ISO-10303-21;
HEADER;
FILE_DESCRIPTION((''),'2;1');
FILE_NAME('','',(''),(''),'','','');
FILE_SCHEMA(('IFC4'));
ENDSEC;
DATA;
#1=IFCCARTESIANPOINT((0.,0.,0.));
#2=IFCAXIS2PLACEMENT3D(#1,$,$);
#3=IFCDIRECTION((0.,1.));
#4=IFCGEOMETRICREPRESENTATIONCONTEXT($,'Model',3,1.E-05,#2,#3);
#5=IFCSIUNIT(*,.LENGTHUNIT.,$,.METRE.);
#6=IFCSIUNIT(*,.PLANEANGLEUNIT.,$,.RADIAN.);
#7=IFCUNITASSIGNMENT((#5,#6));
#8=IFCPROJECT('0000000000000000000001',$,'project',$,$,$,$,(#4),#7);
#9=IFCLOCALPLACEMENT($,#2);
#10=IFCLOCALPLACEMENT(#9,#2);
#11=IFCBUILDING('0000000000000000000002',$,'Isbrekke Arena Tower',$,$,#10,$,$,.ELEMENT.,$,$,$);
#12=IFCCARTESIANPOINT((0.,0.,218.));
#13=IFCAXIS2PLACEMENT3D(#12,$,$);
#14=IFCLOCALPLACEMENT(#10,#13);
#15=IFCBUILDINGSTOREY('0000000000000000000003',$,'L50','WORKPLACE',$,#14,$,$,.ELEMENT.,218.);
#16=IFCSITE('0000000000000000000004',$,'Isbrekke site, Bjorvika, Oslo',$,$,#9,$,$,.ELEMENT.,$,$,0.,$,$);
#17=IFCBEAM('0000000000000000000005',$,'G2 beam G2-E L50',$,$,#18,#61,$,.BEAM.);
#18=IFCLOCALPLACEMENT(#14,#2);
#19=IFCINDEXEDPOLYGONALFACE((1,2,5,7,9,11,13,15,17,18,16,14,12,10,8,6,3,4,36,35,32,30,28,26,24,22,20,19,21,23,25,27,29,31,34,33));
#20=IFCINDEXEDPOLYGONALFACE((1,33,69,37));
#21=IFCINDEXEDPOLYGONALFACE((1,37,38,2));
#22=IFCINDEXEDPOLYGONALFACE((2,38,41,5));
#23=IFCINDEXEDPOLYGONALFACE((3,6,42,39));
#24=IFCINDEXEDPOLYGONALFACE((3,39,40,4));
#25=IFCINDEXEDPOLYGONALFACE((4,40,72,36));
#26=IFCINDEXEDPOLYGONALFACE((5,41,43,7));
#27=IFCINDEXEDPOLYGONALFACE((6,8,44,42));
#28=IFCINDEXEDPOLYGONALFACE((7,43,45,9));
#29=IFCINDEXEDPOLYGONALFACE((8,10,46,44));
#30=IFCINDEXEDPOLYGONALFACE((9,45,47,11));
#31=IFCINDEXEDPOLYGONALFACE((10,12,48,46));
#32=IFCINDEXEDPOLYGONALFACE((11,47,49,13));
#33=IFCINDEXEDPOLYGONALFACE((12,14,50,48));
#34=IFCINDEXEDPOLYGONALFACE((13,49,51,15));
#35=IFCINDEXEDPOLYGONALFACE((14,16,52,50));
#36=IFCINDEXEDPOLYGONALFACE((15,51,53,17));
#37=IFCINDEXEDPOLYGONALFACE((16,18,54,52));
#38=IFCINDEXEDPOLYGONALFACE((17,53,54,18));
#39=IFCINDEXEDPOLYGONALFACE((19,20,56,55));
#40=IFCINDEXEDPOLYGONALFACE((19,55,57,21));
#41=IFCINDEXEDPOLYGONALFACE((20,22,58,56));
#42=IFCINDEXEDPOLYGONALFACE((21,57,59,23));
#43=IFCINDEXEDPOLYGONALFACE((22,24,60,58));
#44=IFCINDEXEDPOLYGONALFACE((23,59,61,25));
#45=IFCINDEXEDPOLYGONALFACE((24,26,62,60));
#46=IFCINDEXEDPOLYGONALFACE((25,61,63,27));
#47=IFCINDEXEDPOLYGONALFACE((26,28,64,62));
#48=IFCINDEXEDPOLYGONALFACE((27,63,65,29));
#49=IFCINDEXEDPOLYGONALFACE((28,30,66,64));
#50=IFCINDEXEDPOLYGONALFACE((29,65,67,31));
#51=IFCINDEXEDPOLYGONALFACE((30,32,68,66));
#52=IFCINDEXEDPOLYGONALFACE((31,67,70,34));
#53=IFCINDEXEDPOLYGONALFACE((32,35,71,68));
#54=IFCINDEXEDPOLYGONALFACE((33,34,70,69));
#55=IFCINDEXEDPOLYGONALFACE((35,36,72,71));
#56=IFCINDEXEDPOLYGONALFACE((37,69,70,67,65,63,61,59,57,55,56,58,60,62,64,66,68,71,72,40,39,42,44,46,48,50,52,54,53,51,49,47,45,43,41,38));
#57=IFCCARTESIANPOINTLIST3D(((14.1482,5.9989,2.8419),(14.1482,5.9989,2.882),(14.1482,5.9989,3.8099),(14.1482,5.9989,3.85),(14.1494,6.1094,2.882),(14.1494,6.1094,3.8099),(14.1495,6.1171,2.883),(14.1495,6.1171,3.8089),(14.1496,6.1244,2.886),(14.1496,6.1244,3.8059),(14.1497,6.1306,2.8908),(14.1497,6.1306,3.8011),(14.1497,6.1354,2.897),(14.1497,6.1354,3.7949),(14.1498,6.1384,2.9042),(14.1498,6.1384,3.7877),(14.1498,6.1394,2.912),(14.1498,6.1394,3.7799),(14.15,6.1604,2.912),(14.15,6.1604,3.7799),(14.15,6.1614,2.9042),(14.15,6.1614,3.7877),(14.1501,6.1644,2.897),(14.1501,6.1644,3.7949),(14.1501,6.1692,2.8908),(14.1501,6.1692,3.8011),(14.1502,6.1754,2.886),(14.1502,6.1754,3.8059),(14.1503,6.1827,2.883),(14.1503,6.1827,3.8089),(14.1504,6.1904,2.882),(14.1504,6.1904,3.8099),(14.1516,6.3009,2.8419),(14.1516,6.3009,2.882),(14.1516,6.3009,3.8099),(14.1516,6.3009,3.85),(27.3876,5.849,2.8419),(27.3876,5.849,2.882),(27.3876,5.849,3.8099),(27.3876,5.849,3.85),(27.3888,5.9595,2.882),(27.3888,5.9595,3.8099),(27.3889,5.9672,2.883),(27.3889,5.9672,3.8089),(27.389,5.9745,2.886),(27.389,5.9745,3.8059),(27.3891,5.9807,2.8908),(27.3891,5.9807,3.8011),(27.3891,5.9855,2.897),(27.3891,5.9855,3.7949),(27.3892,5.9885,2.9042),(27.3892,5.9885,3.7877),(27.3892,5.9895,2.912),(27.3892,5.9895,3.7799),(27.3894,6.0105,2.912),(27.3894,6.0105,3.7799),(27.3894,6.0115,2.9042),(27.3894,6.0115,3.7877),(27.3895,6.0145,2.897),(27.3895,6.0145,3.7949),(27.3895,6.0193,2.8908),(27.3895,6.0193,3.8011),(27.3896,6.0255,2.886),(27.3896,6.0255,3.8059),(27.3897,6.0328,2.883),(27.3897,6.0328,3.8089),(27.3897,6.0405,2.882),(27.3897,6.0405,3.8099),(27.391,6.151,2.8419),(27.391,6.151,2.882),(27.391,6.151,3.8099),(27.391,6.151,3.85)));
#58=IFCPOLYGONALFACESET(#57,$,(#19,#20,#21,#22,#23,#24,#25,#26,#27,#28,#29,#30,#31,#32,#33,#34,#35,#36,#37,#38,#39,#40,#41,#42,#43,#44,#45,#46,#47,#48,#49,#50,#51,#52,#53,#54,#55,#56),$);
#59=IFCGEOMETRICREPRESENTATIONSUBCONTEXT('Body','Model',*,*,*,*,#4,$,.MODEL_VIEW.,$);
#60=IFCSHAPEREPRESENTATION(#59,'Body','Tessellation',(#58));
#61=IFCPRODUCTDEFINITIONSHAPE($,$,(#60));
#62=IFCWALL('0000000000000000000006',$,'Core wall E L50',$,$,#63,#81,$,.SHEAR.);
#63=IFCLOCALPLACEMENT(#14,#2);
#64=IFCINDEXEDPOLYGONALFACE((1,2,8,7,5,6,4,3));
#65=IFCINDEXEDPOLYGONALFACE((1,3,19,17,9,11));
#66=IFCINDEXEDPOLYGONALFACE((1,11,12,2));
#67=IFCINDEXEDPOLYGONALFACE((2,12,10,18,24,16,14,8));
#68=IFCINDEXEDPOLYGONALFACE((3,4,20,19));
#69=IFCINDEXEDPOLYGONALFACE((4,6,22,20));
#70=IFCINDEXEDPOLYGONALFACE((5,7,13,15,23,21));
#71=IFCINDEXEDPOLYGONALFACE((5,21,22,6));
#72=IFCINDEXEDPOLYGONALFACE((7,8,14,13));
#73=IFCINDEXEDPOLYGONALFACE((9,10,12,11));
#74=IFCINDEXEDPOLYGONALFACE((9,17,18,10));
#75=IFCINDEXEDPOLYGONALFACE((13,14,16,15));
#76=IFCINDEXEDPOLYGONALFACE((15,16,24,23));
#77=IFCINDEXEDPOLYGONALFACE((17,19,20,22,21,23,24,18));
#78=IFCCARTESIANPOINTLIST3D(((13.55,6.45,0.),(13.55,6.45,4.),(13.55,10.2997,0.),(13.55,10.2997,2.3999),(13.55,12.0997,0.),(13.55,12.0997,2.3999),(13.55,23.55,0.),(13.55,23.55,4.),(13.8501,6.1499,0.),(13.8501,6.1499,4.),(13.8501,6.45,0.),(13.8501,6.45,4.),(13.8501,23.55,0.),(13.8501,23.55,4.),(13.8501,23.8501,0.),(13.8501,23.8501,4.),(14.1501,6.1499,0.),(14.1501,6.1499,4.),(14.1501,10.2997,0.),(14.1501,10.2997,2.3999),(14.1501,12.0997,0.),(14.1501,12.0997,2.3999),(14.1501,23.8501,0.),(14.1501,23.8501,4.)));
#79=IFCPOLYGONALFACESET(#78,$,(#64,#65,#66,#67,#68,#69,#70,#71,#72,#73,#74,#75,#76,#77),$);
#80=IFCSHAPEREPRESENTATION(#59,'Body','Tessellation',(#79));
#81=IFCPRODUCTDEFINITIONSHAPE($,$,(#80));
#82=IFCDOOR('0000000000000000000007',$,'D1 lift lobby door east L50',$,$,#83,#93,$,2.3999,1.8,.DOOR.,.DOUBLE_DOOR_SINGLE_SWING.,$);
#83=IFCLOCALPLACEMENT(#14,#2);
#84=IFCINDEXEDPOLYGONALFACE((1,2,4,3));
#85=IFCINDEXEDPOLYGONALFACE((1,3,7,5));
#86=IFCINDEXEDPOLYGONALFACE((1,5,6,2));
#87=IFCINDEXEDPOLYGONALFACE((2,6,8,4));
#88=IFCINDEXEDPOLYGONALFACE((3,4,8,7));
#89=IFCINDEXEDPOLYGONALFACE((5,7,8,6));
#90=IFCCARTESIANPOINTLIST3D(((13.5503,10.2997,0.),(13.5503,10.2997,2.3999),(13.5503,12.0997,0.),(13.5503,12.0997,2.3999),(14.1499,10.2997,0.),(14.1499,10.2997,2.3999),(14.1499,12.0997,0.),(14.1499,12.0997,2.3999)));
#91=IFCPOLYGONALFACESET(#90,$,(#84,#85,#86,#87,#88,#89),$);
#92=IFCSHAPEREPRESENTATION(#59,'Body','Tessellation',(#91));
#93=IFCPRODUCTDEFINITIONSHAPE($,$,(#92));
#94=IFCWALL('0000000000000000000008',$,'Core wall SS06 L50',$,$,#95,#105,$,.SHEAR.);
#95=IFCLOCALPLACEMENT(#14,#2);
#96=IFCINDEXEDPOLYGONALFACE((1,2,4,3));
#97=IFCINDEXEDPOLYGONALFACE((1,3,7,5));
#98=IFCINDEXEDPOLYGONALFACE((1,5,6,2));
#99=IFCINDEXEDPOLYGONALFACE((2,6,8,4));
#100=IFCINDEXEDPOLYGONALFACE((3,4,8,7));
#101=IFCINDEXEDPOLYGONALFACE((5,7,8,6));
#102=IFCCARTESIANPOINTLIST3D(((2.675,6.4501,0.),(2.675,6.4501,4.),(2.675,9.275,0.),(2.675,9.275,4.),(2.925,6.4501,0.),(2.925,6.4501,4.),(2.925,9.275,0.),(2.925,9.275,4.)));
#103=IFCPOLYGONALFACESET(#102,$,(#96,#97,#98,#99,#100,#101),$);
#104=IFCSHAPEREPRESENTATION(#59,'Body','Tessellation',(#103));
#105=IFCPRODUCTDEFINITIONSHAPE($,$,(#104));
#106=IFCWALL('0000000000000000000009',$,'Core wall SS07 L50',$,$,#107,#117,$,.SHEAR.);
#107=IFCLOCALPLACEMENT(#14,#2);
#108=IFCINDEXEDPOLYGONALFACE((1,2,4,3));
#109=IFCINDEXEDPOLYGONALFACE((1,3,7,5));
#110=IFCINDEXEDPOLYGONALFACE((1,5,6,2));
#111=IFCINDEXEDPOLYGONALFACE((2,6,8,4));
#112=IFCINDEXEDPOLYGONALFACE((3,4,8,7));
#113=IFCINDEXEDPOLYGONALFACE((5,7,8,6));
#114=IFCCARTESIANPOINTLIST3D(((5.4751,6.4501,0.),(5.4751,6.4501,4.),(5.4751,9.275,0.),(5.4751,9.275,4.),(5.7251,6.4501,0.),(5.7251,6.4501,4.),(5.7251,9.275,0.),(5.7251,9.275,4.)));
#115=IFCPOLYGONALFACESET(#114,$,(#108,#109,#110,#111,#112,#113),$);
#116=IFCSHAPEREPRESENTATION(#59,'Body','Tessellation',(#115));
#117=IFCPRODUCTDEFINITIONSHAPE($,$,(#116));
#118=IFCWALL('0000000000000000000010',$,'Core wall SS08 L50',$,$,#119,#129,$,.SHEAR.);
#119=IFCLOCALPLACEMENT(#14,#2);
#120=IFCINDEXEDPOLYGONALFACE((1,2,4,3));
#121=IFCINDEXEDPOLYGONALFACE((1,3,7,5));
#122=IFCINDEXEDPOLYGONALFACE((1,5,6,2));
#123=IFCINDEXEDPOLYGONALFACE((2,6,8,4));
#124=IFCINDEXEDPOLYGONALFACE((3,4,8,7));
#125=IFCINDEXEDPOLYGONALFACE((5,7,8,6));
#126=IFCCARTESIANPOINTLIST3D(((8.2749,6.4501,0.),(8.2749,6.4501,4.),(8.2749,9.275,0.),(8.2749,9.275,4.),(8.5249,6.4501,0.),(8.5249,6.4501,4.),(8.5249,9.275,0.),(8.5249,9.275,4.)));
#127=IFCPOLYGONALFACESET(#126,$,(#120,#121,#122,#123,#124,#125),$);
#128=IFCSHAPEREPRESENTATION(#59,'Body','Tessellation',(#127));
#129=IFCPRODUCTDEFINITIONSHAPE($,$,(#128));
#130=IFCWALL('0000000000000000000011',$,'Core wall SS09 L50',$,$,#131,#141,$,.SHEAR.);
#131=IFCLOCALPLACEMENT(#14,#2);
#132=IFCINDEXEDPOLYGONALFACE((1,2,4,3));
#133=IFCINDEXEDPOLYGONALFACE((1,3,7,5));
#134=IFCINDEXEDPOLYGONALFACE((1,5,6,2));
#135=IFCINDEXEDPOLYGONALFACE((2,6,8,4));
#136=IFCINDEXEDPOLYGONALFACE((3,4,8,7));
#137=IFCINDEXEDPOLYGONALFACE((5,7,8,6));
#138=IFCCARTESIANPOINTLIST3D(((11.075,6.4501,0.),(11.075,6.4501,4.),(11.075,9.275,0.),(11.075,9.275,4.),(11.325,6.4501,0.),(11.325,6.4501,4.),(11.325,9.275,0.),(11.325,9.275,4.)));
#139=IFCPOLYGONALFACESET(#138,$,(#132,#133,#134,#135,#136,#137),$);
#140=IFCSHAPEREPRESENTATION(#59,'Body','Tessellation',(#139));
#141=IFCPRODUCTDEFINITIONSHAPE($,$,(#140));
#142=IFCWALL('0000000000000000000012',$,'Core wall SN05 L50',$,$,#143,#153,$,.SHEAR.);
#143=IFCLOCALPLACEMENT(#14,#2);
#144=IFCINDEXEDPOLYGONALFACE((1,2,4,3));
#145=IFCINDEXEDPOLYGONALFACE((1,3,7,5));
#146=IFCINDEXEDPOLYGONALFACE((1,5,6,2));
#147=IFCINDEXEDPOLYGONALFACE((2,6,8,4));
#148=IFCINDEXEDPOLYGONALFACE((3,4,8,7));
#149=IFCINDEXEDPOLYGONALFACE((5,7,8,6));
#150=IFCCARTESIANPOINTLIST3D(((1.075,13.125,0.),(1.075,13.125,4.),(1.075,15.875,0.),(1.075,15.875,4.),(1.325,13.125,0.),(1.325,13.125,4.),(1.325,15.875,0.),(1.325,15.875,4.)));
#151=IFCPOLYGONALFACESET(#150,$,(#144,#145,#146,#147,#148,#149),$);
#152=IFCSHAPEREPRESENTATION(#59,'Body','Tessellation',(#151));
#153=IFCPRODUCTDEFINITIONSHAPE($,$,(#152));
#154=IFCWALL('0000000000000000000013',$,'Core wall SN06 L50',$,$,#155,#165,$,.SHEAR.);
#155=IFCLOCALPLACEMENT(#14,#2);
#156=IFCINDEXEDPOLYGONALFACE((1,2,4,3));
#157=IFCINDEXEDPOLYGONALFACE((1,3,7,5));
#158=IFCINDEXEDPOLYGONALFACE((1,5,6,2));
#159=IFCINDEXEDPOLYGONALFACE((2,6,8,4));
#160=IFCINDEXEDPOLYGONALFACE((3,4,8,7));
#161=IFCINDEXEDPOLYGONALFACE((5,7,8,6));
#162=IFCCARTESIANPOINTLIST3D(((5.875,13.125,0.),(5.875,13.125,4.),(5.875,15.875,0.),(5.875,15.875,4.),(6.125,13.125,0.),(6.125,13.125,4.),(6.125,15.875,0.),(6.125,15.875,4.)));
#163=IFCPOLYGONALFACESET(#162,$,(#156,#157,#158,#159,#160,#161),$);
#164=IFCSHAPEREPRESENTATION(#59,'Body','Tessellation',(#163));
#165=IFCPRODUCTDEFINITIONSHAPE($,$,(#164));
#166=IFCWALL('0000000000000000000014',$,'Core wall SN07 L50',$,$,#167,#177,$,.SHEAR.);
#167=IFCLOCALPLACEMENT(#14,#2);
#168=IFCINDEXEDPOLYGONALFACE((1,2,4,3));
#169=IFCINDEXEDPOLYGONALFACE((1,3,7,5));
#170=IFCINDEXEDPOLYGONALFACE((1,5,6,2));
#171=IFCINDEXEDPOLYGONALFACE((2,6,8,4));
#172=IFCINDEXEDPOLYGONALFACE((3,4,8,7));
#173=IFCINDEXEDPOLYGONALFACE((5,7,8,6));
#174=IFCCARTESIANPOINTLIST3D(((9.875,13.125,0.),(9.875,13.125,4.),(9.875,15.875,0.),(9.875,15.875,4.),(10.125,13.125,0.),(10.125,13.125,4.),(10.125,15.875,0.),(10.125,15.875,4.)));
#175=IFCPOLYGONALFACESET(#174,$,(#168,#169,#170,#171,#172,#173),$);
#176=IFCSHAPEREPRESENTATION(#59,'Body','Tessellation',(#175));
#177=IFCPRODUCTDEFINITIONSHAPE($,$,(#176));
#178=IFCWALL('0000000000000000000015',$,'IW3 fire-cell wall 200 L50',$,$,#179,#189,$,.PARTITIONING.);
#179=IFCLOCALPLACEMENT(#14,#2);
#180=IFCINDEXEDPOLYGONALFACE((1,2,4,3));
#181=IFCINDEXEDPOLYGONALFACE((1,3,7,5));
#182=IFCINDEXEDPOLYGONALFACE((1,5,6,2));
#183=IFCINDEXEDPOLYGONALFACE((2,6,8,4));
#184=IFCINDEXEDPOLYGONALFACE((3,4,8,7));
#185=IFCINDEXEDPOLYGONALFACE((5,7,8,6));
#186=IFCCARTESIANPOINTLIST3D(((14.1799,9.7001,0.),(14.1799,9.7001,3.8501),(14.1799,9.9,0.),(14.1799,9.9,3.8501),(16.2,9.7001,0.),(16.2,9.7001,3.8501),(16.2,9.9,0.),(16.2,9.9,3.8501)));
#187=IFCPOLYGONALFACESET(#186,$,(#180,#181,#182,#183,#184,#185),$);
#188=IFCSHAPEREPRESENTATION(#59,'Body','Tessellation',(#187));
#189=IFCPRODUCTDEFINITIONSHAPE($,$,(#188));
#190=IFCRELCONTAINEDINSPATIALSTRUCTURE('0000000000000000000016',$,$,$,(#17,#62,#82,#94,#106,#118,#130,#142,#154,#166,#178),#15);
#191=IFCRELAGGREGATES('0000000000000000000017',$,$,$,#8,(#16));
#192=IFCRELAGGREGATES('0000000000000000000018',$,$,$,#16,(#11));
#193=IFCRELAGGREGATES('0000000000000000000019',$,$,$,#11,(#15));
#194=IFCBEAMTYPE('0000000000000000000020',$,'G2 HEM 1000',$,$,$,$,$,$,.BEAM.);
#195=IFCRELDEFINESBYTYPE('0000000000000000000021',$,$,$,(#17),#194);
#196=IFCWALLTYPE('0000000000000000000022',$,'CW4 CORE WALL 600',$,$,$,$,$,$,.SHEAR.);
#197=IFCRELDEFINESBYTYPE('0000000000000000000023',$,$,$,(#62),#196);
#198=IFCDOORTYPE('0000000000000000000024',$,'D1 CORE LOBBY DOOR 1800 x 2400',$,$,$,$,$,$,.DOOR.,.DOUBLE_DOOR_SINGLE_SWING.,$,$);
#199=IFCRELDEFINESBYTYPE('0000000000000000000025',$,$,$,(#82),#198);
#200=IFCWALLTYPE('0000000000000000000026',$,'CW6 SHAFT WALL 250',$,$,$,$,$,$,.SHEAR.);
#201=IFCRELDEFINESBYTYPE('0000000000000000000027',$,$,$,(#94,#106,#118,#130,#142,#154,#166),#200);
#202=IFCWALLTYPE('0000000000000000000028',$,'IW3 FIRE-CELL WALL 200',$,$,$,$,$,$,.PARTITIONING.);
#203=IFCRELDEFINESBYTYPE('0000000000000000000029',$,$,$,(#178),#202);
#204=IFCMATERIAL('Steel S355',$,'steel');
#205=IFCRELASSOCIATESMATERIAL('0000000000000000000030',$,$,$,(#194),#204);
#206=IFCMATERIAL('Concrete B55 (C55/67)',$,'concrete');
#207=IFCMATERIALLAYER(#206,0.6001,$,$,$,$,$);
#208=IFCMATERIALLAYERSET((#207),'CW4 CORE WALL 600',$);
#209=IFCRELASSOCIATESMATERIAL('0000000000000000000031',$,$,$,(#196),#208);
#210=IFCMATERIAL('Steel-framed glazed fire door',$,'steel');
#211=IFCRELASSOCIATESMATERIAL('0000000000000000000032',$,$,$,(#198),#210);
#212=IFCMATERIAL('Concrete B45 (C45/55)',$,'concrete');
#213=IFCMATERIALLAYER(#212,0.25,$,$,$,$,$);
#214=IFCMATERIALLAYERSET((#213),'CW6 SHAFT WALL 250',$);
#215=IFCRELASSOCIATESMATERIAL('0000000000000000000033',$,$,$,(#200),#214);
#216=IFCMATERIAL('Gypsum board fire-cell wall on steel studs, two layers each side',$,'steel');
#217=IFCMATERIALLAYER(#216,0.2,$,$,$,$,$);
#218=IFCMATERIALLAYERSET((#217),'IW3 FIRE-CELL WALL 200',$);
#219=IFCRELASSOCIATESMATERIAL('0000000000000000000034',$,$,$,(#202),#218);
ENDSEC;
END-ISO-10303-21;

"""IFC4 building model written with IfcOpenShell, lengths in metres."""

from ifc_helpers import new_model, si_unit, direction, frame, frame_2d, origin, origin_2d, place, context, subcontext, project, spatial, polyline, rectangle, i_section, outline, extrude, material, layer, layer_set, material_profile, profile_set, type_object, element, fill, save


model = new_model("IFC4")

# Units and contexts
model_context = context("Model", 3, precision=1e-05, world=origin(), true_north=direction((0.0, 1.0)))
body_context = subcontext(model_context, "Body", "Model", "MODEL_VIEW")
ifc_project = project(units=[si_unit("LENGTHUNIT", "METRE"), si_unit("PLANEANGLEUNIT", "RADIAN")], contexts=[model_context])

# Site, building, storey
site_placement = place(None, origin())
site = spatial("IfcSite", under=ifc_project, at=site_placement, Name="Isbrekke site, Bjorvika, Oslo", CompositionType="ELEMENT", RefElevation=0.0)
building_placement = place(site_placement, origin())
building = spatial("IfcBuilding", under=site, at=building_placement, Name="Isbrekke Arena Tower", CompositionType="ELEMENT")
storey_placement = place(building_placement, frame((0.0, 0.0, 218.0)))
storey = spatial("IfcBuildingStorey", under=building, at=storey_placement, Name="L50", Description="WORKPLACE", CompositionType="ELEMENT", Elevation=218.0)

# Beam
ifc_material_1 = material(Name="Steel S355", Category="steel")
ifc_material_profile = material_profile(ifc_material_1, i_section(OverallWidth=0.302, OverallDepth=1.0081, WebThickness=0.021, FlangeThickness=0.04, FilletRadius=0.03, at=origin_2d()), Name="HEM 1000")
ifc_profile_set = profile_set([ifc_material_profile], Name="Steel S355")
beam_type = type_object("IfcBeamType", Name="G2 HEM 1000", PredefinedType="BEAM", material=ifc_profile_set)
beam_placement = place(storey_placement, frame((14.1499, 6.1499, 3.3459), z_axis=(0.999936, -0.011322, 0.0), x_axis=(0.011322, 0.999936, 0.0)))
element("IfcBeam", 1, at=beam_placement, inside=storey, type_object=beam_type, Name="G2 beam G2-E L50", PredefinedType="BEAM", context=body_context, shape_type="SweptSolid", body=[
    extrude(i_section(OverallWidth=0.302, OverallDepth=1.0081, WebThickness=0.021, FlangeThickness=0.04, FilletRadius=0.03, at=origin_2d()), origin(), (0.0, 0.0, 1.0), 13.2402),
])

# Wall, opening, door
ifc_material_2 = material(Name="Concrete B55 (C55/67)", Category="concrete")
ifc_layer_1 = layer(ifc_material_2, 0.6001)
ifc_layer_set_1 = layer_set([ifc_layer_1], Name="CW4 CORE WALL 600")
wall_type_1 = type_object("IfcWallType", Name="CW4 CORE WALL 600", PredefinedType="SHEAR", material=ifc_layer_set_1)
wall_1_placement = place(storey_placement, frame((13.8501, 6.1499, 0.0), z_axis=(0.0, 0.0, 1.0), x_axis=(0.0, 1.0, 0.0)))
wall_1 = element("IfcWall", 2, at=wall_1_placement, inside=storey, type_object=wall_type_1, Name="Core wall E L50", PredefinedType="SHEAR", context=body_context, shape_type="SweptSolid", body=[
    extrude(outline(polyline([(0.0, -0.3), (17.7002, -0.3), (17.7002, 0.0), (17.4001, 0.0), (17.4001, 0.3), (0.3, 0.3), (0.3, 0.0), (0.0, 0.0), (0.0, -0.3)])), origin(), (0.0, 0.0, 1.0), 4.0),
])
opening_1_placement = place(wall_1_placement, frame((4.1499, 0.0, 0.0)))
opening_1 = element("IfcOpeningElement", 3, at=opening_1_placement, cuts=wall_1, PredefinedType="OPENING", context=body_context, shape_type="SweptSolid", body=[
    extrude(rectangle(XDim=1.8, YDim=2.3999, at=frame_2d((0.8999, 1.2))), frame((0.0, 0.3149, 0.0), z_axis=(0.0, -1.0, 0.0), x_axis=(1.0, 0.0, 0.0)), (0.0, 0.0, 1.0), 0.6299),
])
ifc_material_3 = material(Name="Steel-framed glazed fire door", Category="steel")
door_type_1 = type_object("IfcDoorType", Name="D1 CORE LOBBY DOOR 1800 x 2400", OperationType="DOUBLE_DOOR_SINGLE_SWING", PredefinedType="DOOR", material=ifc_material_3)
door_1_placement = place(opening_1_placement, origin())
door_1 = element("IfcDoor", 4, at=door_1_placement, inside=storey, type_object=door_type_1, Name="D1 lift lobby door east L50", OperationType="DOUBLE_DOOR_SINGLE_SWING", OverallHeight=2.3999, OverallWidth=1.8, PredefinedType="DOOR", context=body_context, shape_type="SweptSolid", body=[
    extrude(rectangle(XDim=1.8, YDim=2.3999, at=frame_2d((0.8999, 1.2))), frame((0.0, 0.2998, 0.0), z_axis=(0.0, -1.0, 0.0), x_axis=(1.0, 0.0, 0.0)), (0.0, 0.0, 1.0), 0.5996),
])
fill(opening_1, door_1)

# Walls
ifc_material_4 = material(Name="Concrete B45 (C45/55)", Category="concrete")
ifc_layer_2 = layer(ifc_material_4, 0.25)
ifc_layer_set_2 = layer_set([ifc_layer_2], Name="CW6 SHAFT WALL 250")
wall_type_2 = type_object("IfcWallType", Name="CW6 SHAFT WALL 250", PredefinedType="SHEAR", material=ifc_layer_set_2)
for number, where, z_axis, x_axis, name in (
    (5, (2.8, 6.45, 0.0), (0.0, 0.0, 1.0), (0.0, 1.0, 0.0), "Core wall SS06 L50"),
    (6, (5.6001, 6.45, 0.0), (0.0, 0.0, 1.0), (0.0, 1.0, 0.0), "Core wall SS07 L50"),
    (7, (8.3999, 6.45, 0.0), (0.0, 0.0, 1.0), (0.0, 1.0, 0.0), "Core wall SS08 L50"),
    (8, (11.2, 6.45, 0.0), (0.0, 0.0, 1.0), (0.0, 1.0, 0.0), "Core wall SS09 L50"),
):
    element("IfcWall", number, at=place(storey_placement, frame(where, z_axis=z_axis, x_axis=x_axis)), inside=storey, type_object=wall_type_2, Name=name, PredefinedType="SHEAR", context=body_context, shape_type="SweptSolid", body=[
        extrude(rectangle(XDim=2.825, YDim=0.25, at=frame_2d((1.4126, 0.0))), origin(), (0.0, 0.0, 1.0), 4.0),
    ])
for number, where, z_axis, x_axis, name in (
    (9, (1.2, 13.125, 0.0), (0.0, 0.0, 1.0), (0.0, 1.0, 0.0), "Core wall SN05 L50"),
    (10, (6.0, 13.125, 0.0), (0.0, 0.0, 1.0), (0.0, 1.0, 0.0), "Core wall SN06 L50"),
    (11, (10.0, 13.125, 0.0), (0.0, 0.0, 1.0), (0.0, 1.0, 0.0), "Core wall SN07 L50"),
):
    element("IfcWall", number, at=place(storey_placement, frame(where, z_axis=z_axis, x_axis=x_axis)), inside=storey, type_object=wall_type_2, Name=name, PredefinedType="SHEAR", context=body_context, shape_type="SweptSolid", body=[
        extrude(rectangle(XDim=2.75, YDim=0.25, at=frame_2d((1.375, 0.0))), origin(), (0.0, 0.0, 1.0), 4.0),
    ])
ifc_material_5 = material(Name="Gypsum board fire-cell wall on steel studs, two layers each side", Category="steel")
ifc_layer_3 = layer(ifc_material_5, 0.2)
ifc_layer_set_3 = layer_set([ifc_layer_3], Name="IW3 FIRE-CELL WALL 200")
wall_type_3 = type_object("IfcWallType", Name="IW3 FIRE-CELL WALL 200", PredefinedType="PARTITIONING", material=ifc_layer_set_3)
wall_2_placement = place(storey_placement, frame((14.1799, 9.8, 0.0), z_axis=(0.0, 0.0, 1.0), x_axis=(1.0, 0.0, 0.0)))
element("IfcWall", 12, at=wall_2_placement, inside=storey, type_object=wall_type_3, Name="IW3 fire-cell wall 200 L50", PredefinedType="PARTITIONING", context=body_context, shape_type="SweptSolid", body=[
    extrude(rectangle(XDim=2.02, YDim=0.2, at=frame_2d((1.01, 0.0))), origin(), (0.0, 0.0, 1.0), 3.8501),
])

save(model, "model.ifc")
